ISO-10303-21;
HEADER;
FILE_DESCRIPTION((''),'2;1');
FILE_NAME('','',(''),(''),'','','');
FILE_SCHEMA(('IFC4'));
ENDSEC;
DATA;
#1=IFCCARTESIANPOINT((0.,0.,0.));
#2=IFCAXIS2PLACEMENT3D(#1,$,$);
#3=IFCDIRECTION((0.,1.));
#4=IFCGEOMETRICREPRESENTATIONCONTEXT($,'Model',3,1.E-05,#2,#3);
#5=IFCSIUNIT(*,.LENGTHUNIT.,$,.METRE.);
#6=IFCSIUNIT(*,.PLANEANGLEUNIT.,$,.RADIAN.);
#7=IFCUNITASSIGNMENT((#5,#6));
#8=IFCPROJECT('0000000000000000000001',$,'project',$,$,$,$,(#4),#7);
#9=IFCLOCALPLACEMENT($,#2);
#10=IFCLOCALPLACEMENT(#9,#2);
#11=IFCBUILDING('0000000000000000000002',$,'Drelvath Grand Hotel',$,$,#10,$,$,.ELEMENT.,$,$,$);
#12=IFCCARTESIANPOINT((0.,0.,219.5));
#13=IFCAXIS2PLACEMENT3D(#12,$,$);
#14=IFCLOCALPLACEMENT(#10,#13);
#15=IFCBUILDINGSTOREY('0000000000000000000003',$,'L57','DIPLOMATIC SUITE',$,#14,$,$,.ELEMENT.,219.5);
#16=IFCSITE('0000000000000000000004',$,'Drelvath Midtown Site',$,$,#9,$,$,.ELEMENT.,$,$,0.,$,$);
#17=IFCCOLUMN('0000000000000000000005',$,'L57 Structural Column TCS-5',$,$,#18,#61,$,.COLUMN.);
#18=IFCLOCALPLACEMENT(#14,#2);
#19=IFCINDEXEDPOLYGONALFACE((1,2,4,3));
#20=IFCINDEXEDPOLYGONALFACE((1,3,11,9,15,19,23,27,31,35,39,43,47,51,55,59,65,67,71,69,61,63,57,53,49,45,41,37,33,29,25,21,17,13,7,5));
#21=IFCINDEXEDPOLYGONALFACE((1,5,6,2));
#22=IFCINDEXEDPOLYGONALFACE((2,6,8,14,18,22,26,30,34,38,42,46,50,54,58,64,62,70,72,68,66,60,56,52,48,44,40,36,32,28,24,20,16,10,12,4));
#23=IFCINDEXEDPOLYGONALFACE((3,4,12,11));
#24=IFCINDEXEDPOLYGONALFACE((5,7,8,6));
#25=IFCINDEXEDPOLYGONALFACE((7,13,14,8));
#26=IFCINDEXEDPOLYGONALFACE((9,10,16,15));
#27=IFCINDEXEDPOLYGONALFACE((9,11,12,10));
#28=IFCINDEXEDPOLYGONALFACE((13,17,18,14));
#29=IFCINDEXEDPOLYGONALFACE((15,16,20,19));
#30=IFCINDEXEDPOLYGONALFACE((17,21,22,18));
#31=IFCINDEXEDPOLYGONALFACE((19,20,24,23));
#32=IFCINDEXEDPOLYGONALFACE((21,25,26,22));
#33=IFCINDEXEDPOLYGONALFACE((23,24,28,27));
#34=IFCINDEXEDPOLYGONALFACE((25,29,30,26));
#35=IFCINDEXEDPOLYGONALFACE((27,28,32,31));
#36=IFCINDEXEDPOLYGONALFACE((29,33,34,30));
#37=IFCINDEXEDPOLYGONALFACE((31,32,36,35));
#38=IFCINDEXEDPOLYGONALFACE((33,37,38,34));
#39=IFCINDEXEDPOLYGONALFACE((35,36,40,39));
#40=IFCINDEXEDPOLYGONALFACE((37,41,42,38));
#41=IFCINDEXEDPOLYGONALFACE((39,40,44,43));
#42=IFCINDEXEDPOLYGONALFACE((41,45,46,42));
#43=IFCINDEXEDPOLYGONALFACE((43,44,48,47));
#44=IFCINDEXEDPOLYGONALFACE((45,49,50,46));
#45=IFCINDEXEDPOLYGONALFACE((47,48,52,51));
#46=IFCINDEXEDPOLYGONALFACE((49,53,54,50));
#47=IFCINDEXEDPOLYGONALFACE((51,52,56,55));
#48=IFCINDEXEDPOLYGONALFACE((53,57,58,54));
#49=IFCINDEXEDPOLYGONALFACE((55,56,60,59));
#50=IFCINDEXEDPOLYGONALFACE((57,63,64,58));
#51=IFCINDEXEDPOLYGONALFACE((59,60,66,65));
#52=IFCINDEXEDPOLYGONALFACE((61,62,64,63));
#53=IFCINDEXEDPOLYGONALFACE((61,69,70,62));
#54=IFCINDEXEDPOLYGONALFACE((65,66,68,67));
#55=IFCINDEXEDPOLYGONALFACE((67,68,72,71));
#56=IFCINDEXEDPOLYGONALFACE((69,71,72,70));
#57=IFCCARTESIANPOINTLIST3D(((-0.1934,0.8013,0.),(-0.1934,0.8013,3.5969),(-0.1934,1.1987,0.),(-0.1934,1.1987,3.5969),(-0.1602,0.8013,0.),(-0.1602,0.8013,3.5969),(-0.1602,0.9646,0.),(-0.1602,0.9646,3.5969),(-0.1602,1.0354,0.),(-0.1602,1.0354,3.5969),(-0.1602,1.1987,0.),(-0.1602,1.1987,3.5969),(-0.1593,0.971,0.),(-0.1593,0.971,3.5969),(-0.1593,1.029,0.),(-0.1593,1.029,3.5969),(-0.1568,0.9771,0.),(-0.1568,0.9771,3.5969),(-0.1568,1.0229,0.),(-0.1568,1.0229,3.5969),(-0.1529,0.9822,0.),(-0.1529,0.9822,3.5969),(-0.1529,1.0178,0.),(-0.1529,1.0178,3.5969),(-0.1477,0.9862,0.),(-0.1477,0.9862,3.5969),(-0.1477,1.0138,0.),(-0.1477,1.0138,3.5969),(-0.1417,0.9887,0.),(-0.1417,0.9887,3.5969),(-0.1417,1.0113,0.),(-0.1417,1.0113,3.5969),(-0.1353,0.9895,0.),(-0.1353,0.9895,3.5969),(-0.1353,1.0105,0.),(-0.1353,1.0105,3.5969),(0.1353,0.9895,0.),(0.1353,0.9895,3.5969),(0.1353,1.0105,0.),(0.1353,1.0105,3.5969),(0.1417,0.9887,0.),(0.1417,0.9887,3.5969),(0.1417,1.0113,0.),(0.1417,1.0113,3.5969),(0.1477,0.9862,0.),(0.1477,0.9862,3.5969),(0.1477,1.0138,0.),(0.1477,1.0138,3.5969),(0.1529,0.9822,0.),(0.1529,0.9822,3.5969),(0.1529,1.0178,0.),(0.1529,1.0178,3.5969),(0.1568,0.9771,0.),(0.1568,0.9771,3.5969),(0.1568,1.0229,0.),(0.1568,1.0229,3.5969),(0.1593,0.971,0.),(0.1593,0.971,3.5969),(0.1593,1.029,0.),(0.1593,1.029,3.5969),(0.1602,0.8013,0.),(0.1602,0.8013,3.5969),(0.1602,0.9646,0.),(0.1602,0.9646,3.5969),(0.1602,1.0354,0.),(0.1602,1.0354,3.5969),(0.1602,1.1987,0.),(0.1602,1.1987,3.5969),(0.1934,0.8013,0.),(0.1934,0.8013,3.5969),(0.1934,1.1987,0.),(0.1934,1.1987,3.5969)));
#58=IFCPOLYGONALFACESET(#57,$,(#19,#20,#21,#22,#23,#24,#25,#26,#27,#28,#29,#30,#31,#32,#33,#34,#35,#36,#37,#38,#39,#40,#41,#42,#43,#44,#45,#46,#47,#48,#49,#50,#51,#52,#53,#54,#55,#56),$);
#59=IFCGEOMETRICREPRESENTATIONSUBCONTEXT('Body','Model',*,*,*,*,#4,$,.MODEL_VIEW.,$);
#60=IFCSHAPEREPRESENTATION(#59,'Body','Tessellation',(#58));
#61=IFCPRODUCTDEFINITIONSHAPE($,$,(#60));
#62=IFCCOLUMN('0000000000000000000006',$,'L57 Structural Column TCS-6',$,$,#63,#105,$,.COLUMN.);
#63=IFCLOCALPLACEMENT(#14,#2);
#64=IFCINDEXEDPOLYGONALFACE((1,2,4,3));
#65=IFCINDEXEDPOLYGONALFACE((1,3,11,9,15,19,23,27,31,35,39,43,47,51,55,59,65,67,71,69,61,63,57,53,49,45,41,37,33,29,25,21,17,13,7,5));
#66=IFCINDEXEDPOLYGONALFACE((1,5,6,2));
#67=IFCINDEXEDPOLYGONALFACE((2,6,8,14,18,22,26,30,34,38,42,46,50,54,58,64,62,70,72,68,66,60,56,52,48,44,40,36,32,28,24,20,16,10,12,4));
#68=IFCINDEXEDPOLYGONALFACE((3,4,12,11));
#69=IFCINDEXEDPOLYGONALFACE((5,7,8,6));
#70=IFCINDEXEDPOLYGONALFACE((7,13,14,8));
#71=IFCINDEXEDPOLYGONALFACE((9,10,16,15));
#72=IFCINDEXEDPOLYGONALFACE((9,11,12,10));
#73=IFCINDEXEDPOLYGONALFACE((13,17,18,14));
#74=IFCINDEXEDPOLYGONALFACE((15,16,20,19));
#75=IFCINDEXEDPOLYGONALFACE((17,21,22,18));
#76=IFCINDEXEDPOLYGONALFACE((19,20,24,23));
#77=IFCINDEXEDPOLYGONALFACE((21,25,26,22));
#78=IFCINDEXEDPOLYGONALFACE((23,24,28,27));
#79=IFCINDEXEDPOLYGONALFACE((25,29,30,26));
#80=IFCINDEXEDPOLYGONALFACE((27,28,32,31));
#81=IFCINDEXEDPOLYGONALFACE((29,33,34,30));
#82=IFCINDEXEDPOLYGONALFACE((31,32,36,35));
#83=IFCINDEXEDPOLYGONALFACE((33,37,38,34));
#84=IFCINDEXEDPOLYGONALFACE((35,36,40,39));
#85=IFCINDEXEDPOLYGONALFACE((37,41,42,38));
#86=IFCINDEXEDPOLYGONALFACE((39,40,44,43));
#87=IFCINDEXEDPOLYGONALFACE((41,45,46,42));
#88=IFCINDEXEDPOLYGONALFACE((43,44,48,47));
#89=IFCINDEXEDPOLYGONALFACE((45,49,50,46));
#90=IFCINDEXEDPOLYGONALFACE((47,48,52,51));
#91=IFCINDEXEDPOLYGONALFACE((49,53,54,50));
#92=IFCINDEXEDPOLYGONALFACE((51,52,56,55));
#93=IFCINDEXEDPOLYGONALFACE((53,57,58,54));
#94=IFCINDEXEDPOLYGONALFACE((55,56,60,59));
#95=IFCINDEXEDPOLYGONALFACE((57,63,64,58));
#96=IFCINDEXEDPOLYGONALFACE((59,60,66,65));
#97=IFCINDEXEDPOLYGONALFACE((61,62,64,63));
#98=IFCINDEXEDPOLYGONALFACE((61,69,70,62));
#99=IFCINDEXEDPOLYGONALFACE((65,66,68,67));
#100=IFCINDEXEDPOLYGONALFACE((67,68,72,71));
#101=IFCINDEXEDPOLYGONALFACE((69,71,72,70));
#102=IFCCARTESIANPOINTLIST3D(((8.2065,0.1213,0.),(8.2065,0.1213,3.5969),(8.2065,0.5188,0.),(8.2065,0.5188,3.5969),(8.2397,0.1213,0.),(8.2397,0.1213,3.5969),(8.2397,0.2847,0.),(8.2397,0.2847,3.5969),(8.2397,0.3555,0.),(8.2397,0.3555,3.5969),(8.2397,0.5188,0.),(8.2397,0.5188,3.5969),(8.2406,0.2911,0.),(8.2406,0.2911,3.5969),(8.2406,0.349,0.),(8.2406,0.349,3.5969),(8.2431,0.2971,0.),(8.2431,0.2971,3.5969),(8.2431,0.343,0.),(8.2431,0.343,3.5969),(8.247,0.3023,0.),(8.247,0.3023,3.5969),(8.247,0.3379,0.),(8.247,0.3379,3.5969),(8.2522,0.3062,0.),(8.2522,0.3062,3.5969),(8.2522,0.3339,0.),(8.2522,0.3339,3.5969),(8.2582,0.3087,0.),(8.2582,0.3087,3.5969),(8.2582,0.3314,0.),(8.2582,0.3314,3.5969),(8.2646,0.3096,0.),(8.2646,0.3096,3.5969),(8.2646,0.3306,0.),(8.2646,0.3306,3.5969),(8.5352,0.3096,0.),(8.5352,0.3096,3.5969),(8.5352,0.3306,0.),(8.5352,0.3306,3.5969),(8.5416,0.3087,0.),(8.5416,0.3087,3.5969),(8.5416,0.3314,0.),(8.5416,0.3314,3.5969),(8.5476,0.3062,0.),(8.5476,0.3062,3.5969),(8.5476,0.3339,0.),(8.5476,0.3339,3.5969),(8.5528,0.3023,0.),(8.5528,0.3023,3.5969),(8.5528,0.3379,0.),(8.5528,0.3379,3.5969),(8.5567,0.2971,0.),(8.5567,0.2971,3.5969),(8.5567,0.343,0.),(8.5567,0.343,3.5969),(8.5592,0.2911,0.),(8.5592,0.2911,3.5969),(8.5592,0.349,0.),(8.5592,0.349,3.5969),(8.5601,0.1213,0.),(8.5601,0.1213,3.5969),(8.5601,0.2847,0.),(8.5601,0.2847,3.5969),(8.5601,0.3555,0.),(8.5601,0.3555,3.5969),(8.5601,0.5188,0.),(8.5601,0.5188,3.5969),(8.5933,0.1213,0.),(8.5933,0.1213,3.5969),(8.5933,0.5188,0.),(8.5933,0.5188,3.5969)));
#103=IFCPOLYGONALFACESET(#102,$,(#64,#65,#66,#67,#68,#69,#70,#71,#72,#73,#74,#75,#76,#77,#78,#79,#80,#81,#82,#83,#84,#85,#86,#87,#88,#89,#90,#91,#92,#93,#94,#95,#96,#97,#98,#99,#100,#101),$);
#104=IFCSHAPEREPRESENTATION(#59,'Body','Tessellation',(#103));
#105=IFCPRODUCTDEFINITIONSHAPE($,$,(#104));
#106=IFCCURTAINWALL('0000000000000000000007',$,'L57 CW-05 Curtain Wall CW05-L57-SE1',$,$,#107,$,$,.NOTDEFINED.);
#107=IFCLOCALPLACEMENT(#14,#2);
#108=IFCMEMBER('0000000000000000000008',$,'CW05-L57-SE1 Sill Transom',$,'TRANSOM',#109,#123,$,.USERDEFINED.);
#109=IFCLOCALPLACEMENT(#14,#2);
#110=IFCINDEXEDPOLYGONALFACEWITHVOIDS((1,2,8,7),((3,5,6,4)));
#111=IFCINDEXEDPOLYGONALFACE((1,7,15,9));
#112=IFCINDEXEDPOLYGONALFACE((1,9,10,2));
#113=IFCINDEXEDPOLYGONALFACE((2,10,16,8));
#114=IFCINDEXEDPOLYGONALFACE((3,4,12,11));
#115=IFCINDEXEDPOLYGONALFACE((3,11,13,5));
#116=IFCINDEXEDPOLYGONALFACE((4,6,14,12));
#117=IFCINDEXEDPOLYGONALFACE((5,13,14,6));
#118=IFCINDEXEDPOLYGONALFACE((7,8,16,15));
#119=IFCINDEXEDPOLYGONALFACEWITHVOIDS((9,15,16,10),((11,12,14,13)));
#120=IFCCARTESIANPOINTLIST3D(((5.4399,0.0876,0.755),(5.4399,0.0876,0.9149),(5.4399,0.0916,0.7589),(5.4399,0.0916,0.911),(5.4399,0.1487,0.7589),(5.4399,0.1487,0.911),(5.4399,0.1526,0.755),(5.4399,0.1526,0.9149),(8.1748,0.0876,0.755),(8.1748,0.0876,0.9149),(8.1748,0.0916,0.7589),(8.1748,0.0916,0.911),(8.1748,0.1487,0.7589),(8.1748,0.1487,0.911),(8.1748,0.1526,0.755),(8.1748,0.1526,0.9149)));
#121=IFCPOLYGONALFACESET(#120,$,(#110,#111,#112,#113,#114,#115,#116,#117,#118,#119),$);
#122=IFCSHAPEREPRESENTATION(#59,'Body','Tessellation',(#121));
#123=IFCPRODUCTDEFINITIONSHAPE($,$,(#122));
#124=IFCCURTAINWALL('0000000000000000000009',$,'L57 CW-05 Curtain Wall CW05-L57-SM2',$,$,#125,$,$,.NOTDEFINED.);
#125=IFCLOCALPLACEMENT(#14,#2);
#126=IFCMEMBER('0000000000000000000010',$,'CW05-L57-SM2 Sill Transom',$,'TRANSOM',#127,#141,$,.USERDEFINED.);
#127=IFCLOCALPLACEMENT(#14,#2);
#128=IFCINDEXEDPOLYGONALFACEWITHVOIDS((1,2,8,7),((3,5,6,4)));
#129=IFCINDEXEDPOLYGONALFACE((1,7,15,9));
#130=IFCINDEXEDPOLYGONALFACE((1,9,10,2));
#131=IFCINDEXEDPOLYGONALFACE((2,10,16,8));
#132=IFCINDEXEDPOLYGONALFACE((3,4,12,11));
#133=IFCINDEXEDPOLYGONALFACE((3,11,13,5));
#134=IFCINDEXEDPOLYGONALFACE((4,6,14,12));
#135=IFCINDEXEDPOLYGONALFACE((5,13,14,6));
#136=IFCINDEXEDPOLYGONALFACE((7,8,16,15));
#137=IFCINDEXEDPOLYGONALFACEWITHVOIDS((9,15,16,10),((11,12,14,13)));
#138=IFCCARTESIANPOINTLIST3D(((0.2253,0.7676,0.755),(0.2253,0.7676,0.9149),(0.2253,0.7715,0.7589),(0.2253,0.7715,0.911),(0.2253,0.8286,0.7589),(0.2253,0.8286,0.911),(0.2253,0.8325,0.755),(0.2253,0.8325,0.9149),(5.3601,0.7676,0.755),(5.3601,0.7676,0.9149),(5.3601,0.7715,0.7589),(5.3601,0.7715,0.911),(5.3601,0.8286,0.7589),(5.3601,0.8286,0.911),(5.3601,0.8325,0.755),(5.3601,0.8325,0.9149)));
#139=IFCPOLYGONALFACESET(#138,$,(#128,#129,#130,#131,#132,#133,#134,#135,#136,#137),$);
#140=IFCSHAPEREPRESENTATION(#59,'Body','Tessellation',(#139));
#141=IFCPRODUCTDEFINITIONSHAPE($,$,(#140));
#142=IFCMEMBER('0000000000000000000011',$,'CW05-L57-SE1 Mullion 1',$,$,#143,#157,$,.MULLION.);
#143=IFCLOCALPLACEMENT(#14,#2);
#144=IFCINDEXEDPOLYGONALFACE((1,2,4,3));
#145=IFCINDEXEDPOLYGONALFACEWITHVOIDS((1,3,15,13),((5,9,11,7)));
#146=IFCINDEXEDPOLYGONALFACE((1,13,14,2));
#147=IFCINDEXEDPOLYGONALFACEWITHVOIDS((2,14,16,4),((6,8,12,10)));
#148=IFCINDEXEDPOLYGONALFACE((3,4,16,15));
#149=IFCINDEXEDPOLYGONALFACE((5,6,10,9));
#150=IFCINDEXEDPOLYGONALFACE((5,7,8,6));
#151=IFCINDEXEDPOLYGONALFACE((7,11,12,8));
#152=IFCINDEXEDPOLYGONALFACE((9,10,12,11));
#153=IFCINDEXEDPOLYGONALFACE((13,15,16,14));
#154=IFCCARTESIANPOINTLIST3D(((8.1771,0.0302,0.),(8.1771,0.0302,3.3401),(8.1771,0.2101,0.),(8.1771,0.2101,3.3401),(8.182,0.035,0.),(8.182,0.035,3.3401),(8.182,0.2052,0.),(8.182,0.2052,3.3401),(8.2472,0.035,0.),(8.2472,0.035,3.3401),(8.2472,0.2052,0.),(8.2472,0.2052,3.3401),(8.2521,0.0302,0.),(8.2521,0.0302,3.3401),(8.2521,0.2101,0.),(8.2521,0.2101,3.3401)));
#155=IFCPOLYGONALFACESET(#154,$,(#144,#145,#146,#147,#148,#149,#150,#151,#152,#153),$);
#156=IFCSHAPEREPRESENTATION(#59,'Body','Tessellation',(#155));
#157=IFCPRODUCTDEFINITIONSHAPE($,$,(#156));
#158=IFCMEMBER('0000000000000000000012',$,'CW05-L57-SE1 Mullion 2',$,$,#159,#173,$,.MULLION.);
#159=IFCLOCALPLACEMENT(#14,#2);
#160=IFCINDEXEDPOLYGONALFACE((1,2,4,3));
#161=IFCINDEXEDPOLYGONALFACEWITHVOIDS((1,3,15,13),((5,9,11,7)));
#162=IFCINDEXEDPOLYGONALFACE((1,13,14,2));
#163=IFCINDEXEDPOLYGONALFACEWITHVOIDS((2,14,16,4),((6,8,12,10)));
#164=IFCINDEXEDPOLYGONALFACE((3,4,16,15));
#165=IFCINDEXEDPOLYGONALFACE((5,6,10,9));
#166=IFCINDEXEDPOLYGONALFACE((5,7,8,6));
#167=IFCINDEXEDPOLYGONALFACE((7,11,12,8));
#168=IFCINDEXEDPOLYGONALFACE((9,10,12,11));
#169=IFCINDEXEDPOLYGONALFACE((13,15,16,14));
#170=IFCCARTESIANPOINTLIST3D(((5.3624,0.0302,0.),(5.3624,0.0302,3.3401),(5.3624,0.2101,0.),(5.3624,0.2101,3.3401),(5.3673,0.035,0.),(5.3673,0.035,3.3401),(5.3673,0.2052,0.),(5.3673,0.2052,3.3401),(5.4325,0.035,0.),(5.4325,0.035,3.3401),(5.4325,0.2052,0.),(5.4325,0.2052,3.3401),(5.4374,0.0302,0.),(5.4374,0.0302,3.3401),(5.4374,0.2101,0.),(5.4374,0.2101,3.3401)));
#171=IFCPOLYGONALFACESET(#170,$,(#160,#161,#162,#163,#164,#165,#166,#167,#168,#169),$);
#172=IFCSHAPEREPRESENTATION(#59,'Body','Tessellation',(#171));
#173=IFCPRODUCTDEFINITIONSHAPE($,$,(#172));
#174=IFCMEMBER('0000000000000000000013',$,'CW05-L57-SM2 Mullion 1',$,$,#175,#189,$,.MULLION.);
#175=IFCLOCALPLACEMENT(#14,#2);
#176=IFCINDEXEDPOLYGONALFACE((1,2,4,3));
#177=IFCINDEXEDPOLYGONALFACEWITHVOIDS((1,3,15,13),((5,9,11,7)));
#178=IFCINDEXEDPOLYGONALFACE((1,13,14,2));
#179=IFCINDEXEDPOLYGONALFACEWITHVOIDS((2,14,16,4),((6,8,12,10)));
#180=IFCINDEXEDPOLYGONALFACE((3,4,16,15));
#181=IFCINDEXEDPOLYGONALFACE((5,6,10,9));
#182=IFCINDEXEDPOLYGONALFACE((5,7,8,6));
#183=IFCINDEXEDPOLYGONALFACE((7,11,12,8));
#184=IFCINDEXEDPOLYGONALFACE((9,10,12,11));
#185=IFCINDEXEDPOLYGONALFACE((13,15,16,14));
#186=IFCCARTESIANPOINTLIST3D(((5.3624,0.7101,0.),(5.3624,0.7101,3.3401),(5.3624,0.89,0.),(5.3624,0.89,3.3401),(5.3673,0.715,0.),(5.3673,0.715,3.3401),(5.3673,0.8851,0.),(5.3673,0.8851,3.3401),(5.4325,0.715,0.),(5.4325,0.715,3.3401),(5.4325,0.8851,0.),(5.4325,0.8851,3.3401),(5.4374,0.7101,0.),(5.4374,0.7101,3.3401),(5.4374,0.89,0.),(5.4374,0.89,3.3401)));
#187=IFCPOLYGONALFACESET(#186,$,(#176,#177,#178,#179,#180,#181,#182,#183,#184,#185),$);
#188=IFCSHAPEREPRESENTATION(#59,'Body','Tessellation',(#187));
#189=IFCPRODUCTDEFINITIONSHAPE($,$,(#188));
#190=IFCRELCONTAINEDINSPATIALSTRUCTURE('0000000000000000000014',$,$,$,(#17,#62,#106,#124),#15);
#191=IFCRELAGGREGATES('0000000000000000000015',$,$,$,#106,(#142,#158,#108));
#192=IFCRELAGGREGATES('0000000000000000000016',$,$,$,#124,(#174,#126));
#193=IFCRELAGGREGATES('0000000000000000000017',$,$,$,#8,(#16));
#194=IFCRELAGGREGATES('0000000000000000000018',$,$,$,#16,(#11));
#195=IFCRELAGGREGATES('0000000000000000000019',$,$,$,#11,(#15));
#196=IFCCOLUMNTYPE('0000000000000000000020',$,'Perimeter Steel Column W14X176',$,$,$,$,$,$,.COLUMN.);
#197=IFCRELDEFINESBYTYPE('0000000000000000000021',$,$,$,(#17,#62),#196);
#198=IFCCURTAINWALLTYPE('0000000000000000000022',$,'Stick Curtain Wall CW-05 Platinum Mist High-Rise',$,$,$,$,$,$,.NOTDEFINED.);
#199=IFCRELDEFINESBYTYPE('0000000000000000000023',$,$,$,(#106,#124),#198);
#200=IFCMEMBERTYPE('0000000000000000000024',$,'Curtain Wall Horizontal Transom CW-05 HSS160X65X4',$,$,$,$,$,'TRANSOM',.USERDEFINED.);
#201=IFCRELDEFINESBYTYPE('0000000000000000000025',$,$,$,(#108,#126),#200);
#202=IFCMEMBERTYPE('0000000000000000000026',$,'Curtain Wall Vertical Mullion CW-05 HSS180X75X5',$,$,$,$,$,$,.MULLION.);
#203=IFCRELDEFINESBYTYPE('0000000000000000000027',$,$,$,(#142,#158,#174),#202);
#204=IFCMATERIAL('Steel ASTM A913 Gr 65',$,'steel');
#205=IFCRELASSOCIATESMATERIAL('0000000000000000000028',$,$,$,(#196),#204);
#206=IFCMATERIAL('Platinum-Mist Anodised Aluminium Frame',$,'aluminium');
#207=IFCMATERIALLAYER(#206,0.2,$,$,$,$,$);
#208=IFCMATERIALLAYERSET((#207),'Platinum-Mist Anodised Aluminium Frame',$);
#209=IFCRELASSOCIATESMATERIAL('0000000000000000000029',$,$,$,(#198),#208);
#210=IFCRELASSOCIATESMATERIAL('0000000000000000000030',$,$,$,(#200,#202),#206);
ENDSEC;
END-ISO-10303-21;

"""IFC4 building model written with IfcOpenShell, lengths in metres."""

from ifc_helpers import new_model, si_unit, direction, frame, origin, origin_2d, place, context, subcontext, project, spatial, hollow_rectangle, i_section, extrude, material, layer, layer_set, material_profile, profile_set, type_object, element, aggregate, save


model = new_model("IFC4")

# Units and contexts
model_context = context("Model", 3, precision=1e-05, world=origin(), true_north=direction((0.0, 1.0)))
body_context = subcontext(model_context, "Body", "Model", "MODEL_VIEW")
ifc_project = project(units=[si_unit("LENGTHUNIT", "METRE"), si_unit("PLANEANGLEUNIT", "RADIAN")], contexts=[model_context])

# Site, building, storey
site_placement = place(None, origin())
site = spatial("IfcSite", under=ifc_project, at=site_placement, Name="Drelvath Midtown Site", CompositionType="ELEMENT", RefElevation=0.0)
building_placement = place(site_placement, origin())
building = spatial("IfcBuilding", under=site, at=building_placement, Name="Drelvath Grand Hotel", CompositionType="ELEMENT")
storey_placement = place(building_placement, frame((0.0, 0.0, 219.5)))
storey = spatial("IfcBuildingStorey", under=building, at=storey_placement, Name="L57", Description="DIPLOMATIC SUITE", CompositionType="ELEMENT", Elevation=219.5)

# Columns
ifc_material_1 = material(Name="Steel ASTM A913 Gr 65", Category="steel")
ifc_material_profile_1 = material_profile(ifc_material_1, i_section(OverallWidth=0.3975, OverallDepth=0.3867, WebThickness=0.021, FlangeThickness=0.0332, FilletRadius=0.0249, at=origin_2d()), Name="W14X176")
ifc_profile_set_1 = profile_set([ifc_material_profile_1], Name="Steel ASTM A913 Gr 65")
column_type = type_object("IfcColumnType", Name="Perimeter Steel Column W14X176", PredefinedType="COLUMN", material=ifc_profile_set_1)
for number, where, z_axis, x_axis, name in (
    (1, (0.0, 1.0, 0.0), (0.0, 0.0, 1.0), (0.0, 1.0, 0.0), "L57 Structural Column TCS-5"),
    (2, (8.3999, 0.3201, 0.0), (0.0, 0.0, 1.0), (0.0, 1.0, 0.0), "L57 Structural Column TCS-6"),
):
    element("IfcColumn", number, at=place(storey_placement, frame(where, z_axis=z_axis, x_axis=x_axis)), inside=storey, type_object=column_type, Name=name, PredefinedType="COLUMN", context=body_context, shape_type="SweptSolid", body=[
        extrude(i_section(OverallWidth=0.3975, OverallDepth=0.3867, WebThickness=0.021, FlangeThickness=0.0332, FilletRadius=0.0249, at=origin_2d()), origin(), (0.0, 0.0, 1.0), 3.5969),
    ])

# Curtain walls, members
ifc_material_2 = material(Name="Platinum-Mist Anodised Aluminium Frame", Category="aluminium")
ifc_layer_1 = layer(ifc_material_2, 0.2)
ifc_layer_set_1 = layer_set([ifc_layer_1], Name="Platinum-Mist Anodised Aluminium Frame")
curtain_wall_type = type_object("IfcCurtainWallType", Name="Stick Curtain Wall CW-05 Platinum Mist High-Rise", PredefinedType="NOTDEFINED", material=ifc_layer_set_1)
curtain_wall_1_placement = place(storey_placement, origin())
curtain_wall_1 = element("IfcCurtainWall", 3, at=curtain_wall_1_placement, inside=storey, type_object=curtain_wall_type, Name="L57 CW-05 Curtain Wall CW05-L57-SE1", PredefinedType="NOTDEFINED")
ifc_material_profile_2 = material_profile(ifc_material_2, hollow_rectangle(XDim=0.0649, YDim=0.1599, WallThickness=0.0039, at=origin_2d()), Name="HSS160X65X4")
ifc_profile_set_2 = profile_set([ifc_material_profile_2], Name="Platinum-Mist Anodised Aluminium Frame")
member_type_1 = type_object("IfcMemberType", Name="Curtain Wall Horizontal Transom CW-05 HSS160X65X4", ElementType="TRANSOM", PredefinedType="USERDEFINED", material=ifc_profile_set_2)
member_1_placement = place(storey_placement, frame((8.1748, 0.1201, 0.835), z_axis=(-1.0, 0.0, 0.0), x_axis=(0.0, -1.0, 0.0)))
member_1 = element("IfcMember", 4, at=member_1_placement, type_object=member_type_1, Name="CW05-L57-SE1 Sill Transom", ObjectType="TRANSOM", PredefinedType="USERDEFINED", context=body_context, shape_type="SweptSolid", body=[
    extrude(hollow_rectangle(XDim=0.0649, YDim=0.1599, WallThickness=0.0039, at=origin_2d()), origin(), (0.0, 0.0, 1.0), 2.7349),
])
curtain_wall_2_placement = place(storey_placement, origin())
curtain_wall_2 = element("IfcCurtainWall", 5, at=curtain_wall_2_placement, inside=storey, type_object=curtain_wall_type, Name="L57 CW-05 Curtain Wall CW05-L57-SM2", PredefinedType="NOTDEFINED")
member_2_placement = place(storey_placement, frame((5.3601, 0.8, 0.835), z_axis=(-1.0, 0.0, 0.0), x_axis=(0.0, -1.0, 0.0)))
member_2 = element("IfcMember", 6, at=member_2_placement, type_object=member_type_1, Name="CW05-L57-SM2 Sill Transom", ObjectType="TRANSOM", PredefinedType="USERDEFINED", context=body_context, shape_type="SweptSolid", body=[
    extrude(hollow_rectangle(XDim=0.0649, YDim=0.1599, WallThickness=0.0039, at=origin_2d()), origin(), (0.0, 0.0, 1.0), 5.1348),
])

# Members
ifc_material_profile_3 = material_profile(ifc_material_2, hollow_rectangle(XDim=0.075, YDim=0.1799, WallThickness=0.0049, at=origin_2d()), Name="HSS180X75X5")
ifc_profile_set_3 = profile_set([ifc_material_profile_3], Name="Platinum-Mist Anodised Aluminium Frame")
member_type_2 = type_object("IfcMemberType", Name="Curtain Wall Vertical Mullion CW-05 HSS180X75X5", PredefinedType="MULLION", material=ifc_profile_set_3)
member_3_placement = place(storey_placement, frame((8.2146, 0.1201, 0.0), z_axis=(0.0, 0.0, 1.0), x_axis=(1.0, 0.0, 0.0)))
member_3 = element("IfcMember", 7, at=member_3_placement, type_object=member_type_2, Name="CW05-L57-SE1 Mullion 1", PredefinedType="MULLION", context=body_context, shape_type="SweptSolid", body=[
    extrude(hollow_rectangle(XDim=0.075, YDim=0.1799, WallThickness=0.0049, at=origin_2d()), origin(), (0.0, 0.0, 1.0), 3.3401),
])
member_4_placement = place(storey_placement, frame((5.3999, 0.1201, 0.0), z_axis=(0.0, 0.0, 1.0), x_axis=(1.0, 0.0, 0.0)))
member_4 = element("IfcMember", 8, at=member_4_placement, type_object=member_type_2, Name="CW05-L57-SE1 Mullion 2", PredefinedType="MULLION", context=body_context, shape_type="SweptSolid", body=[
    extrude(hollow_rectangle(XDim=0.075, YDim=0.1799, WallThickness=0.0049, at=origin_2d()), origin(), (0.0, 0.0, 1.0), 3.3401),
])
member_5_placement = place(storey_placement, frame((5.3999, 0.8, 0.0), z_axis=(0.0, 0.0, 1.0), x_axis=(1.0, 0.0, 0.0)))
member_5 = element("IfcMember", 9, at=member_5_placement, type_object=member_type_2, Name="CW05-L57-SM2 Mullion 1", PredefinedType="MULLION", context=body_context, shape_type="SweptSolid", body=[
    extrude(hollow_rectangle(XDim=0.075, YDim=0.1799, WallThickness=0.0049, at=origin_2d()), origin(), (0.0, 0.0, 1.0), 3.3401),
])

aggregate(curtain_wall_1, [member_3, member_4, member_1])
aggregate(curtain_wall_2, [member_5, member_2])

save(model, "model.ifc")
